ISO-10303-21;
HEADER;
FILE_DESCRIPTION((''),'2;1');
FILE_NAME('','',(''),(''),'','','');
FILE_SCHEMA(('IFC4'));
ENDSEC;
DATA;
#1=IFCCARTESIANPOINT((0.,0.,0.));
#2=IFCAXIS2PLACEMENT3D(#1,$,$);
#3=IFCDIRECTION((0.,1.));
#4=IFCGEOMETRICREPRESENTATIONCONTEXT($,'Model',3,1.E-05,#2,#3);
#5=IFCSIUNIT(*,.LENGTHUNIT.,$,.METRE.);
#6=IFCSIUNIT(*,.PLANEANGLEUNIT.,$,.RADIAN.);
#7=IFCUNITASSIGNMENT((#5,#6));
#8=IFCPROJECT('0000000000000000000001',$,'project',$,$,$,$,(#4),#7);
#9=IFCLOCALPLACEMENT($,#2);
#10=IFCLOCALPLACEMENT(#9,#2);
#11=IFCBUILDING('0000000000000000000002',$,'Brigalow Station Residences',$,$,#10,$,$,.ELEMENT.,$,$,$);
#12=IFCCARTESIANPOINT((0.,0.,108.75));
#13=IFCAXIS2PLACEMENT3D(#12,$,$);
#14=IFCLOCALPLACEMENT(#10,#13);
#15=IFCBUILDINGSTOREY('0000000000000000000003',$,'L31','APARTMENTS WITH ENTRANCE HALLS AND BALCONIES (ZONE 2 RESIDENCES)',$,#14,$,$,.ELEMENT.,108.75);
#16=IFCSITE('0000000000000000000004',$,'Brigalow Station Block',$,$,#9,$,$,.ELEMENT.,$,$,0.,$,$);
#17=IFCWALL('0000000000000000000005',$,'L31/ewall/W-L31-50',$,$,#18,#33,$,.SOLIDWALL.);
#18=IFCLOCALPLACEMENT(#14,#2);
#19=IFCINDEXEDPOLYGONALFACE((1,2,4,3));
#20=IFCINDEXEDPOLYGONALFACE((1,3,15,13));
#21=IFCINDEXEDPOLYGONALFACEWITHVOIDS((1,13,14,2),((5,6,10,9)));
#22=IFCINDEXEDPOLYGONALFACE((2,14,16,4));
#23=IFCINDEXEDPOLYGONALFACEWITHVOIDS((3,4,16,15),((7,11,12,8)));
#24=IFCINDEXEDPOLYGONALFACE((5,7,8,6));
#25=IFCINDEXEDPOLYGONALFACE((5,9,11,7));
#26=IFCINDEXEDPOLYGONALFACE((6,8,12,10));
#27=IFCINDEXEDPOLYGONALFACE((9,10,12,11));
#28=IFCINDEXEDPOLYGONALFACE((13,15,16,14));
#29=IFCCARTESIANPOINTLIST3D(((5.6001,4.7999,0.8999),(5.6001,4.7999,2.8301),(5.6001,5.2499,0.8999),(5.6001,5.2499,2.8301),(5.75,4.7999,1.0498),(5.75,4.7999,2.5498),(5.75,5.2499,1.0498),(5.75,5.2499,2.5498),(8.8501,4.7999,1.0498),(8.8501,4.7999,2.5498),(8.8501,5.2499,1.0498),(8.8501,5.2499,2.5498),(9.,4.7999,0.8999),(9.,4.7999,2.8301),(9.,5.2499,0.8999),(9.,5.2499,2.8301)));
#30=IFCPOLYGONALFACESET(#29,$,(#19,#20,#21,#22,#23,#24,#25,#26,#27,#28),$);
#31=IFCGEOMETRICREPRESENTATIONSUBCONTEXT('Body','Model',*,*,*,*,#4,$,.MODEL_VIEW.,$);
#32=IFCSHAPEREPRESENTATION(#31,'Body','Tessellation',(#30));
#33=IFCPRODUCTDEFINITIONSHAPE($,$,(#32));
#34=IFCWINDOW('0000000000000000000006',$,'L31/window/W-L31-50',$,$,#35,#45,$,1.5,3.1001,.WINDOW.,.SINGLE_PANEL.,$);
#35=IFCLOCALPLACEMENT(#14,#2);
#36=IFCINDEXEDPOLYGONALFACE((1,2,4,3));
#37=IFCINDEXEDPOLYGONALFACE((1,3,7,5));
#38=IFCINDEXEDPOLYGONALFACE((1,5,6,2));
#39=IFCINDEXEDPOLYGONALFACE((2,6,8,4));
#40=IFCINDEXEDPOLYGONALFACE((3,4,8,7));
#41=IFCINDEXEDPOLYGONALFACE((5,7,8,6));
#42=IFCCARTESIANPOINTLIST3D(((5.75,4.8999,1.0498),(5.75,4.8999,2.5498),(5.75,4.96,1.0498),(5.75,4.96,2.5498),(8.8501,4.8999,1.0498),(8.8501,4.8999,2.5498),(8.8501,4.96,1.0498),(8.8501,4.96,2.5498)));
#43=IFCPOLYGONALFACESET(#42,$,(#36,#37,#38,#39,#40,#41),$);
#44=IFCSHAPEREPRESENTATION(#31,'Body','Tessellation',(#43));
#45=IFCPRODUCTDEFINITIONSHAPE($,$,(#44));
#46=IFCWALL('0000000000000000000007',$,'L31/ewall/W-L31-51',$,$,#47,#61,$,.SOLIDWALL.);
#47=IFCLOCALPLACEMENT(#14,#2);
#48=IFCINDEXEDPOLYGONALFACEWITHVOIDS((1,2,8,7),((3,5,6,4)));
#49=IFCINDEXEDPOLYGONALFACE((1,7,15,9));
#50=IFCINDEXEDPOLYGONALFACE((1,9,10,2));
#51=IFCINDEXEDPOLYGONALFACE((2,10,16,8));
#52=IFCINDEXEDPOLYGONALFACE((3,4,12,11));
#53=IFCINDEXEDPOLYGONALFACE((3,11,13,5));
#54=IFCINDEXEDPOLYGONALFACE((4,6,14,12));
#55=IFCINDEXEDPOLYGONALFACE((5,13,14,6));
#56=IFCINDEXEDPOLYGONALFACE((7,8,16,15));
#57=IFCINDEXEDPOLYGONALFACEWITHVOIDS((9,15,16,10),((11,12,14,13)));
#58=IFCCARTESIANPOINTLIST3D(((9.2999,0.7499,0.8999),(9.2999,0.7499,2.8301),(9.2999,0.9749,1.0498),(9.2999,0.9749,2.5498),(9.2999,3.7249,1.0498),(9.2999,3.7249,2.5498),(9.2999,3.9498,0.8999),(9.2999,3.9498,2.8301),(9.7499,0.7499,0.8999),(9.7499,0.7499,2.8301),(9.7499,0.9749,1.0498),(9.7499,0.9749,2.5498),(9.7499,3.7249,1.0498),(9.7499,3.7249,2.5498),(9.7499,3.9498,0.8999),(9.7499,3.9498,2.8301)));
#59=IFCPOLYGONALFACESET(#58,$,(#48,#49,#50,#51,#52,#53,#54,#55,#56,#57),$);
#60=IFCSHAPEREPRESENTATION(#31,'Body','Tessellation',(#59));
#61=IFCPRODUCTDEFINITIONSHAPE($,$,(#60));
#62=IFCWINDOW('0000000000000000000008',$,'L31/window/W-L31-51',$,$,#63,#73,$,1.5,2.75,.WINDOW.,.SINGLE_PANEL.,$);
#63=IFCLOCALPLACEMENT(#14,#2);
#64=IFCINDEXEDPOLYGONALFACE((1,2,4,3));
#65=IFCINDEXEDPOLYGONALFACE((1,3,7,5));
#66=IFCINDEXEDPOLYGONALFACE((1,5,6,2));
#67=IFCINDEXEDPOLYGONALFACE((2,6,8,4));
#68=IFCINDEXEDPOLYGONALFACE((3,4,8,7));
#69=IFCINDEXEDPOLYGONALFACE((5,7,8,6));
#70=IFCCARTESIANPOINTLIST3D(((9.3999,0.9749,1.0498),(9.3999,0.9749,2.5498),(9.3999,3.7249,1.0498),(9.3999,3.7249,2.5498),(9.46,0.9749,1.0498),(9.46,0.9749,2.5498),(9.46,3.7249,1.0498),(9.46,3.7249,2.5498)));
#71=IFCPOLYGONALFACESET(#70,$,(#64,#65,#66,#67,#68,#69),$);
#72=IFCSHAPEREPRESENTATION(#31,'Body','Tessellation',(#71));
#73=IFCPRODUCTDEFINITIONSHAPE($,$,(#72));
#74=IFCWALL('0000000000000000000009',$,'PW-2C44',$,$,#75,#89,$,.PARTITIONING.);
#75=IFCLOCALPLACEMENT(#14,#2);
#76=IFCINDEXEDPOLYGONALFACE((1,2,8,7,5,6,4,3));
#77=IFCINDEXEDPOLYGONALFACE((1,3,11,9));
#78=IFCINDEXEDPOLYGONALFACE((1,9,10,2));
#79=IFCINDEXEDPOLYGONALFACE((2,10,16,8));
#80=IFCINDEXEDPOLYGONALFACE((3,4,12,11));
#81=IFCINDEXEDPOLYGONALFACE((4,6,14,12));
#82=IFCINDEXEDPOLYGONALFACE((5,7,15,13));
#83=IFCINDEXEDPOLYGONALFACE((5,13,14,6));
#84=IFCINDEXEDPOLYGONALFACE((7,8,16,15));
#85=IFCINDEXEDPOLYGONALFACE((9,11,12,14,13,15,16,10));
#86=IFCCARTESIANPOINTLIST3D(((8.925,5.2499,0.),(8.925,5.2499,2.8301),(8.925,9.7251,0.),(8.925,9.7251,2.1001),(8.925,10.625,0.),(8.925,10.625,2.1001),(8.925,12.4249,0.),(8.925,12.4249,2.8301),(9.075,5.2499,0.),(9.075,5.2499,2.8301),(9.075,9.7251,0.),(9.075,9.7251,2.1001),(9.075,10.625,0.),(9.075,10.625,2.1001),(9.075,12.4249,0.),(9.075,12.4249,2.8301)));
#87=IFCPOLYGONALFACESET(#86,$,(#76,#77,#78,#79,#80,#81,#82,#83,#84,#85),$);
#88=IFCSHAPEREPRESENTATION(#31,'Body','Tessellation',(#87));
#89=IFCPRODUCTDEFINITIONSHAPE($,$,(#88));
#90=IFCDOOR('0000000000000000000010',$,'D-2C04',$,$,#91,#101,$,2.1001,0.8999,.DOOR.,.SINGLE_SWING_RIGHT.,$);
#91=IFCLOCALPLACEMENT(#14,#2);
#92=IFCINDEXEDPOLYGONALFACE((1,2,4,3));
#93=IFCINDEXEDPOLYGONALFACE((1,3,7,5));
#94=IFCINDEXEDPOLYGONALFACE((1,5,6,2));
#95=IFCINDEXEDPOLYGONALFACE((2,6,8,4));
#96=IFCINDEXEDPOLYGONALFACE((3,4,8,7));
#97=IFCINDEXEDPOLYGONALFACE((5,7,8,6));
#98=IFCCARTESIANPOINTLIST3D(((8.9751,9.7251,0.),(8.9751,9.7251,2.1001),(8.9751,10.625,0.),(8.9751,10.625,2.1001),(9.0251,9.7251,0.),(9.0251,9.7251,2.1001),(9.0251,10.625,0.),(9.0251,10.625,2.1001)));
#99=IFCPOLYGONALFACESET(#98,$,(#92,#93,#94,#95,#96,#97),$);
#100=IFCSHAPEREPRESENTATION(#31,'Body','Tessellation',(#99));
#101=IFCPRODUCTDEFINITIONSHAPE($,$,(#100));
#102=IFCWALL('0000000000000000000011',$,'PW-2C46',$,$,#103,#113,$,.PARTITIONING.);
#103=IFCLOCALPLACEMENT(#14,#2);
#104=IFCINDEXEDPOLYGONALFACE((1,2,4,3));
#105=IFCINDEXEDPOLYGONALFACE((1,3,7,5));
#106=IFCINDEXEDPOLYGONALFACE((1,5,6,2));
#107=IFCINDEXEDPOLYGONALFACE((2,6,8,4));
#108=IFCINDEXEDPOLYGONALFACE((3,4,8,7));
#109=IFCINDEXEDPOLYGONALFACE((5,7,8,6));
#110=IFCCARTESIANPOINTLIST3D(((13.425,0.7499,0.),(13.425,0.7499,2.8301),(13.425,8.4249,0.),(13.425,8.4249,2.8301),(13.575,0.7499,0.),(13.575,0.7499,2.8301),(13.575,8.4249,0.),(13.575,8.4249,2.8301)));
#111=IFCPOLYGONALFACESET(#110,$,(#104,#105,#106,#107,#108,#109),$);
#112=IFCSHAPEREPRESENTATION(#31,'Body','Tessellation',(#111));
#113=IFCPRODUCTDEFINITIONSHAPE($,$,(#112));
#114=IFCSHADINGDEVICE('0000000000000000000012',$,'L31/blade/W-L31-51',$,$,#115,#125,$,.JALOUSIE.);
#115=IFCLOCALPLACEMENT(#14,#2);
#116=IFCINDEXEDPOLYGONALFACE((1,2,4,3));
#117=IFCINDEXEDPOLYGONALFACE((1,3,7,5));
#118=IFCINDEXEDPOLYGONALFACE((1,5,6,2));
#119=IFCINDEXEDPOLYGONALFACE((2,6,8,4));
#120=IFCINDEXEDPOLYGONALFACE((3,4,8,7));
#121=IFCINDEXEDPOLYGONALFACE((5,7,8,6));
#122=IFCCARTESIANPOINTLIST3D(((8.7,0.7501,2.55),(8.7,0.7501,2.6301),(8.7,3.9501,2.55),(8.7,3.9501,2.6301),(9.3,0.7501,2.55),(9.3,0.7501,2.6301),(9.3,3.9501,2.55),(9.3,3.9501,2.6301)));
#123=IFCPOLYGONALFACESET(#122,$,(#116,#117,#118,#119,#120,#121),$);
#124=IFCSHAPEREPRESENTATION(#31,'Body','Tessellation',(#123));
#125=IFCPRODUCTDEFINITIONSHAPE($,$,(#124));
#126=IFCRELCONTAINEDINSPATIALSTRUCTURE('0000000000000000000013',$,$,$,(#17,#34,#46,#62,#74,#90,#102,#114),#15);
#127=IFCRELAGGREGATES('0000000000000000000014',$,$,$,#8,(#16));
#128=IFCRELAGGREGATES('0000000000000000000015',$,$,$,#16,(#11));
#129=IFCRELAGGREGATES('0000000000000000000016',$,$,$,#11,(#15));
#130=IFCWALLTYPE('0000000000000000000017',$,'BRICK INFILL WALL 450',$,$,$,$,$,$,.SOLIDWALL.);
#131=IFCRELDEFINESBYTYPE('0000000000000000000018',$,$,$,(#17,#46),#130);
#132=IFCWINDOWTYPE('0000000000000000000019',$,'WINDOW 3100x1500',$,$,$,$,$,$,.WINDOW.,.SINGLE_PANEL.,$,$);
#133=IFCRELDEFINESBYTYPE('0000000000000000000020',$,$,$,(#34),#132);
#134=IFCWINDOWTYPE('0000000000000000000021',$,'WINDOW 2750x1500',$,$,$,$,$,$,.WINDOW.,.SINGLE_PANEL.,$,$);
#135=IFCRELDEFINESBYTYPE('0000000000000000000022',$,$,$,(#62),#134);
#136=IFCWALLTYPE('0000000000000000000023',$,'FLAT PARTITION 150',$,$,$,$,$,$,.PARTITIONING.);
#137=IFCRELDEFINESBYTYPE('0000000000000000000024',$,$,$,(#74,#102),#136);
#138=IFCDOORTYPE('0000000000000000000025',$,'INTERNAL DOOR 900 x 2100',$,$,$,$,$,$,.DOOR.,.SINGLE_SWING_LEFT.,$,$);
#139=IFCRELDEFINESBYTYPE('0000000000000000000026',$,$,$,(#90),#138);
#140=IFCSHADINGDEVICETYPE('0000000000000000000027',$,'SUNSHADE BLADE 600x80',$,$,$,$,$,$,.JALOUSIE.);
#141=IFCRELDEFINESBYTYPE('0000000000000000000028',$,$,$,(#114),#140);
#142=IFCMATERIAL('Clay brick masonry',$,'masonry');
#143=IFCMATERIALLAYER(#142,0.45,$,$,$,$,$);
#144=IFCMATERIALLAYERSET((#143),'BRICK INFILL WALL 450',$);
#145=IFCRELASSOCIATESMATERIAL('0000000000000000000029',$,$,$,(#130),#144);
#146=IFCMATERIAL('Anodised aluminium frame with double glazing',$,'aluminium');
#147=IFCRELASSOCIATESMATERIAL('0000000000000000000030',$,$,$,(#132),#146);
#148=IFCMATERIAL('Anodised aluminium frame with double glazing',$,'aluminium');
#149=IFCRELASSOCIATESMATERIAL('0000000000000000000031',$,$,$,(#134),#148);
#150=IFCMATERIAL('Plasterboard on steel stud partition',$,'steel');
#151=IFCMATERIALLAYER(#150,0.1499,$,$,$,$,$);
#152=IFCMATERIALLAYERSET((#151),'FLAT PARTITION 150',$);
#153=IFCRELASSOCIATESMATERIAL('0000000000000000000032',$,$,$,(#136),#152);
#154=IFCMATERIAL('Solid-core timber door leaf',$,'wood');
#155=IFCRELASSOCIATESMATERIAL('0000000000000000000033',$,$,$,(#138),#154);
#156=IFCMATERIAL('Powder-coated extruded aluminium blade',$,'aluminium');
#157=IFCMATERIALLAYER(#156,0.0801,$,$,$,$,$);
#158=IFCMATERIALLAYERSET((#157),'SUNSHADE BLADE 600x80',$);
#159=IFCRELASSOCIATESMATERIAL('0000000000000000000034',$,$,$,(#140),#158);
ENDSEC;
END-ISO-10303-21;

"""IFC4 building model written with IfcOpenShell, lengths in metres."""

from ifc_helpers import new_model, si_unit, direction, frame, frame_2d, origin, origin_2d, place, context, subcontext, project, spatial, rectangle, extrude, material, layer, layer_set, type_object, element, fill, save


model = new_model("IFC4")

# Units and contexts
model_context = context("Model", 3, precision=1e-05, world=origin(), true_north=direction((0.0, 1.0)))
body_context = subcontext(model_context, "Body", "Model", "MODEL_VIEW")
ifc_project = project(units=[si_unit("LENGTHUNIT", "METRE"), si_unit("PLANEANGLEUNIT", "RADIAN")], contexts=[model_context])

# Site, building, storey
site_placement = place(None, origin())
site = spatial("IfcSite", under=ifc_project, at=site_placement, Name="Brigalow Station Block", CompositionType="ELEMENT", RefElevation=0.0)
building_placement = place(site_placement, origin())
building = spatial("IfcBuilding", under=site, at=building_placement, Name="Brigalow Station Residences", CompositionType="ELEMENT")
storey_placement = place(building_placement, frame((0.0, 0.0, 108.75)))
storey = spatial("IfcBuildingStorey", under=building, at=storey_placement, Name="L31", Description="APARTMENTS WITH ENTRANCE HALLS AND BALCONIES (ZONE 2 RESIDENCES)", CompositionType="ELEMENT", Elevation=108.75)

# Walls, openings, windows
ifc_material_1 = material(Name="Clay brick masonry", Category="masonry")
ifc_layer_1 = layer(ifc_material_1, 0.45)
ifc_layer_set_1 = layer_set([ifc_layer_1], Name="BRICK INFILL WALL 450")
wall_type_1 = type_object("IfcWallType", Name="BRICK INFILL WALL 450", PredefinedType="SOLIDWALL", material=ifc_layer_set_1)
wall_1_placement = place(storey_placement, frame((5.6001, 5.0249, 0.8999), z_axis=(0.0, 0.0, 1.0), x_axis=(1.0, 0.0, 0.0)))
wall_1 = element("IfcWall", 1, at=wall_1_placement, inside=storey, type_object=wall_type_1, Name="L31/ewall/W-L31-50", PredefinedType="SOLIDWALL", context=body_context, shape_type="SweptSolid", body=[
    extrude(rectangle(XDim=3.3999, YDim=0.45, at=frame_2d((1.7, 0.0))), origin(), (0.0, 0.0, 1.0), 1.9302),
])
opening_1_placement = place(wall_1_placement, frame((0.1499, 0.0, 0.1499)))
opening_1 = element("IfcOpeningElement", 2, at=opening_1_placement, cuts=wall_1, PredefinedType="OPENING", context=body_context, shape_type="SweptSolid", body=[
    extrude(rectangle(XDim=3.1001, YDim=1.5, at=frame_2d((1.55, 0.75))), frame((0.0, 0.2349, 0.0), z_axis=(0.0, -1.0, 0.0), x_axis=(1.0, 0.0, 0.0)), (0.0, 0.0, 1.0), 0.47),
])
ifc_material_2 = material(Name="Anodised aluminium frame with double glazing", Category="aluminium")
window_type_1 = type_object("IfcWindowType", Name="WINDOW 3100x1500", PartitioningType="SINGLE_PANEL", PredefinedType="WINDOW", material=ifc_material_2)
window_1_placement = place(opening_1_placement, origin())
window_1 = element("IfcWindow", 3, at=window_1_placement, inside=storey, type_object=window_type_1, Name="L31/window/W-L31-50", OverallHeight=1.5, OverallWidth=3.1001, PartitioningType="SINGLE_PANEL", PredefinedType="WINDOW", context=body_context, shape_type="SweptSolid", body=[
    extrude(rectangle(XDim=3.1001, YDim=1.5, at=frame_2d((1.55, 0.75))), frame((0.0, -0.0649, 0.0), z_axis=(0.0, -1.0, 0.0), x_axis=(1.0, 0.0, 0.0)), (0.0, 0.0, 1.0), 0.0601),
])
fill(opening_1, window_1)
wall_2_placement = place(storey_placement, frame((9.5249, 3.95, 0.8999), z_axis=(0.0, 0.0, 1.0), x_axis=(0.0, -1.0, 0.0)))
wall_2 = element("IfcWall", 4, at=wall_2_placement, inside=storey, type_object=wall_type_1, Name="L31/ewall/W-L31-51", PredefinedType="SOLIDWALL", context=body_context, shape_type="SweptSolid", body=[
    extrude(rectangle(XDim=3.2, YDim=0.45, at=frame_2d((1.6001, 0.0))), origin(), (0.0, 0.0, 1.0), 1.9302),
])
opening_2_placement = place(wall_2_placement, frame((0.2251, 0.0, 0.1499)))
opening_2 = element("IfcOpeningElement", 5, at=opening_2_placement, cuts=wall_2, PredefinedType="OPENING", context=body_context, shape_type="SweptSolid", body=[
    extrude(rectangle(XDim=2.75, YDim=1.5, at=frame_2d((1.375, 0.75))), frame((0.0, 0.2349, 0.0), z_axis=(0.0, -1.0, 0.0), x_axis=(1.0, 0.0, 0.0)), (0.0, 0.0, 1.0), 0.47),
])
ifc_material_3 = material(Name="Anodised aluminium frame with double glazing", Category="aluminium")
window_type_2 = type_object("IfcWindowType", Name="WINDOW 2750x1500", PartitioningType="SINGLE_PANEL", PredefinedType="WINDOW", material=ifc_material_3)
window_2_placement = place(opening_2_placement, origin())
window_2 = element("IfcWindow", 6, at=window_2_placement, inside=storey, type_object=window_type_2, Name="L31/window/W-L31-51", OverallHeight=1.5, OverallWidth=2.75, PartitioningType="SINGLE_PANEL", PredefinedType="WINDOW", context=body_context, shape_type="SweptSolid", body=[
    extrude(rectangle(XDim=2.75, YDim=1.5, at=frame_2d((1.375, 0.75))), frame((0.0, -0.0649, 0.0), z_axis=(0.0, -1.0, 0.0), x_axis=(1.0, 0.0, 0.0)), (0.0, 0.0, 1.0), 0.0601),
])
fill(opening_2, window_2)

# Wall, opening, door
ifc_material_4 = material(Name="Plasterboard on steel stud partition", Category="steel")
ifc_layer_2 = layer(ifc_material_4, 0.1499)
ifc_layer_set_2 = layer_set([ifc_layer_2], Name="FLAT PARTITION 150")
wall_type_2 = type_object("IfcWallType", Name="FLAT PARTITION 150", PredefinedType="PARTITIONING", material=ifc_layer_set_2)
wall_3_placement = place(storey_placement, frame((9.0, 5.25, 0.0), z_axis=(0.0, 0.0, 1.0), x_axis=(0.0, 1.0, 0.0)))
wall_3 = element("IfcWall", 7, at=wall_3_placement, inside=storey, type_object=wall_type_2, Name="PW-2C44", PredefinedType="PARTITIONING", context=body_context, shape_type="SweptSolid", body=[
    extrude(rectangle(XDim=7.175, YDim=0.1499, at=frame_2d((3.5874, 0.0))), origin(), (0.0, 0.0, 1.0), 2.8301),
])
opening_3_placement = place(wall_3_placement, frame((4.4751, 0.0, 0.0)))
opening_3 = element("IfcOpeningElement", 8, at=opening_3_placement, cuts=wall_3, PredefinedType="OPENING", context=body_context, shape_type="SweptSolid", body=[
    extrude(rectangle(XDim=0.8999, YDim=2.1001, at=frame_2d((0.45, 1.05))), frame((0.0, 0.085, 0.0), z_axis=(0.0, -1.0, 0.0), x_axis=(1.0, 0.0, 0.0)), (0.0, 0.0, 1.0), 0.1699),
])
ifc_material_5 = material(Name="Solid-core timber door leaf", Category="wood")
door_type = type_object("IfcDoorType", Name="INTERNAL DOOR 900 x 2100", OperationType="SINGLE_SWING_LEFT", PredefinedType="DOOR", material=ifc_material_5)
door_placement = place(opening_3_placement, origin())
door = element("IfcDoor", 9, at=door_placement, inside=storey, type_object=door_type, Name="D-2C04", OperationType="SINGLE_SWING_RIGHT", OverallHeight=2.1001, OverallWidth=0.8999, PredefinedType="DOOR", context=body_context, shape_type="SweptSolid", body=[
    extrude(rectangle(XDim=0.8999, YDim=2.1001, at=frame_2d((0.45, 1.05))), frame((0.0, 0.0249, 0.0), z_axis=(0.0, -1.0, 0.0), x_axis=(1.0, 0.0, 0.0)), (0.0, 0.0, 1.0), 0.05),
])
fill(opening_3, door)

# Wall
wall_4_placement = place(storey_placement, frame((13.5, 0.75, 0.0), z_axis=(0.0, 0.0, 1.0), x_axis=(0.0, 1.0, 0.0)))
element("IfcWall", 10, at=wall_4_placement, inside=storey, type_object=wall_type_2, Name="PW-2C46", PredefinedType="PARTITIONING", context=body_context, shape_type="SweptSolid", body=[
    extrude(rectangle(XDim=7.675, YDim=0.1499, at=frame_2d((3.8374, 0.0))), origin(), (0.0, 0.0, 1.0), 2.8301),
])

# Shading device
ifc_material_6 = material(Name="Powder-coated extruded aluminium blade", Category="aluminium")
ifc_layer_3 = layer(ifc_material_6, 0.0801)
ifc_layer_set_3 = layer_set([ifc_layer_3], Name="SUNSHADE BLADE 600x80")
shading_device_type = type_object("IfcShadingDeviceType", Name="SUNSHADE BLADE 600x80", PredefinedType="JALOUSIE", material=ifc_layer_set_3)
shading_device_placement = place(storey_placement, frame((9.0, 2.3501, 2.55), z_axis=(0.0, 0.0, 1.0), x_axis=(0.0, -1.0, 0.0)))
element("IfcShadingDevice", 11, at=shading_device_placement, inside=storey, type_object=shading_device_type, Name="L31/blade/W-L31-51", PredefinedType="JALOUSIE", context=body_context, shape_type="SweptSolid", body=[
    extrude(rectangle(XDim=3.2, YDim=0.6001, at=origin_2d()), origin(), (0.0, 0.0, 1.0), 0.0801),
])

save(model, "model.ifc")
